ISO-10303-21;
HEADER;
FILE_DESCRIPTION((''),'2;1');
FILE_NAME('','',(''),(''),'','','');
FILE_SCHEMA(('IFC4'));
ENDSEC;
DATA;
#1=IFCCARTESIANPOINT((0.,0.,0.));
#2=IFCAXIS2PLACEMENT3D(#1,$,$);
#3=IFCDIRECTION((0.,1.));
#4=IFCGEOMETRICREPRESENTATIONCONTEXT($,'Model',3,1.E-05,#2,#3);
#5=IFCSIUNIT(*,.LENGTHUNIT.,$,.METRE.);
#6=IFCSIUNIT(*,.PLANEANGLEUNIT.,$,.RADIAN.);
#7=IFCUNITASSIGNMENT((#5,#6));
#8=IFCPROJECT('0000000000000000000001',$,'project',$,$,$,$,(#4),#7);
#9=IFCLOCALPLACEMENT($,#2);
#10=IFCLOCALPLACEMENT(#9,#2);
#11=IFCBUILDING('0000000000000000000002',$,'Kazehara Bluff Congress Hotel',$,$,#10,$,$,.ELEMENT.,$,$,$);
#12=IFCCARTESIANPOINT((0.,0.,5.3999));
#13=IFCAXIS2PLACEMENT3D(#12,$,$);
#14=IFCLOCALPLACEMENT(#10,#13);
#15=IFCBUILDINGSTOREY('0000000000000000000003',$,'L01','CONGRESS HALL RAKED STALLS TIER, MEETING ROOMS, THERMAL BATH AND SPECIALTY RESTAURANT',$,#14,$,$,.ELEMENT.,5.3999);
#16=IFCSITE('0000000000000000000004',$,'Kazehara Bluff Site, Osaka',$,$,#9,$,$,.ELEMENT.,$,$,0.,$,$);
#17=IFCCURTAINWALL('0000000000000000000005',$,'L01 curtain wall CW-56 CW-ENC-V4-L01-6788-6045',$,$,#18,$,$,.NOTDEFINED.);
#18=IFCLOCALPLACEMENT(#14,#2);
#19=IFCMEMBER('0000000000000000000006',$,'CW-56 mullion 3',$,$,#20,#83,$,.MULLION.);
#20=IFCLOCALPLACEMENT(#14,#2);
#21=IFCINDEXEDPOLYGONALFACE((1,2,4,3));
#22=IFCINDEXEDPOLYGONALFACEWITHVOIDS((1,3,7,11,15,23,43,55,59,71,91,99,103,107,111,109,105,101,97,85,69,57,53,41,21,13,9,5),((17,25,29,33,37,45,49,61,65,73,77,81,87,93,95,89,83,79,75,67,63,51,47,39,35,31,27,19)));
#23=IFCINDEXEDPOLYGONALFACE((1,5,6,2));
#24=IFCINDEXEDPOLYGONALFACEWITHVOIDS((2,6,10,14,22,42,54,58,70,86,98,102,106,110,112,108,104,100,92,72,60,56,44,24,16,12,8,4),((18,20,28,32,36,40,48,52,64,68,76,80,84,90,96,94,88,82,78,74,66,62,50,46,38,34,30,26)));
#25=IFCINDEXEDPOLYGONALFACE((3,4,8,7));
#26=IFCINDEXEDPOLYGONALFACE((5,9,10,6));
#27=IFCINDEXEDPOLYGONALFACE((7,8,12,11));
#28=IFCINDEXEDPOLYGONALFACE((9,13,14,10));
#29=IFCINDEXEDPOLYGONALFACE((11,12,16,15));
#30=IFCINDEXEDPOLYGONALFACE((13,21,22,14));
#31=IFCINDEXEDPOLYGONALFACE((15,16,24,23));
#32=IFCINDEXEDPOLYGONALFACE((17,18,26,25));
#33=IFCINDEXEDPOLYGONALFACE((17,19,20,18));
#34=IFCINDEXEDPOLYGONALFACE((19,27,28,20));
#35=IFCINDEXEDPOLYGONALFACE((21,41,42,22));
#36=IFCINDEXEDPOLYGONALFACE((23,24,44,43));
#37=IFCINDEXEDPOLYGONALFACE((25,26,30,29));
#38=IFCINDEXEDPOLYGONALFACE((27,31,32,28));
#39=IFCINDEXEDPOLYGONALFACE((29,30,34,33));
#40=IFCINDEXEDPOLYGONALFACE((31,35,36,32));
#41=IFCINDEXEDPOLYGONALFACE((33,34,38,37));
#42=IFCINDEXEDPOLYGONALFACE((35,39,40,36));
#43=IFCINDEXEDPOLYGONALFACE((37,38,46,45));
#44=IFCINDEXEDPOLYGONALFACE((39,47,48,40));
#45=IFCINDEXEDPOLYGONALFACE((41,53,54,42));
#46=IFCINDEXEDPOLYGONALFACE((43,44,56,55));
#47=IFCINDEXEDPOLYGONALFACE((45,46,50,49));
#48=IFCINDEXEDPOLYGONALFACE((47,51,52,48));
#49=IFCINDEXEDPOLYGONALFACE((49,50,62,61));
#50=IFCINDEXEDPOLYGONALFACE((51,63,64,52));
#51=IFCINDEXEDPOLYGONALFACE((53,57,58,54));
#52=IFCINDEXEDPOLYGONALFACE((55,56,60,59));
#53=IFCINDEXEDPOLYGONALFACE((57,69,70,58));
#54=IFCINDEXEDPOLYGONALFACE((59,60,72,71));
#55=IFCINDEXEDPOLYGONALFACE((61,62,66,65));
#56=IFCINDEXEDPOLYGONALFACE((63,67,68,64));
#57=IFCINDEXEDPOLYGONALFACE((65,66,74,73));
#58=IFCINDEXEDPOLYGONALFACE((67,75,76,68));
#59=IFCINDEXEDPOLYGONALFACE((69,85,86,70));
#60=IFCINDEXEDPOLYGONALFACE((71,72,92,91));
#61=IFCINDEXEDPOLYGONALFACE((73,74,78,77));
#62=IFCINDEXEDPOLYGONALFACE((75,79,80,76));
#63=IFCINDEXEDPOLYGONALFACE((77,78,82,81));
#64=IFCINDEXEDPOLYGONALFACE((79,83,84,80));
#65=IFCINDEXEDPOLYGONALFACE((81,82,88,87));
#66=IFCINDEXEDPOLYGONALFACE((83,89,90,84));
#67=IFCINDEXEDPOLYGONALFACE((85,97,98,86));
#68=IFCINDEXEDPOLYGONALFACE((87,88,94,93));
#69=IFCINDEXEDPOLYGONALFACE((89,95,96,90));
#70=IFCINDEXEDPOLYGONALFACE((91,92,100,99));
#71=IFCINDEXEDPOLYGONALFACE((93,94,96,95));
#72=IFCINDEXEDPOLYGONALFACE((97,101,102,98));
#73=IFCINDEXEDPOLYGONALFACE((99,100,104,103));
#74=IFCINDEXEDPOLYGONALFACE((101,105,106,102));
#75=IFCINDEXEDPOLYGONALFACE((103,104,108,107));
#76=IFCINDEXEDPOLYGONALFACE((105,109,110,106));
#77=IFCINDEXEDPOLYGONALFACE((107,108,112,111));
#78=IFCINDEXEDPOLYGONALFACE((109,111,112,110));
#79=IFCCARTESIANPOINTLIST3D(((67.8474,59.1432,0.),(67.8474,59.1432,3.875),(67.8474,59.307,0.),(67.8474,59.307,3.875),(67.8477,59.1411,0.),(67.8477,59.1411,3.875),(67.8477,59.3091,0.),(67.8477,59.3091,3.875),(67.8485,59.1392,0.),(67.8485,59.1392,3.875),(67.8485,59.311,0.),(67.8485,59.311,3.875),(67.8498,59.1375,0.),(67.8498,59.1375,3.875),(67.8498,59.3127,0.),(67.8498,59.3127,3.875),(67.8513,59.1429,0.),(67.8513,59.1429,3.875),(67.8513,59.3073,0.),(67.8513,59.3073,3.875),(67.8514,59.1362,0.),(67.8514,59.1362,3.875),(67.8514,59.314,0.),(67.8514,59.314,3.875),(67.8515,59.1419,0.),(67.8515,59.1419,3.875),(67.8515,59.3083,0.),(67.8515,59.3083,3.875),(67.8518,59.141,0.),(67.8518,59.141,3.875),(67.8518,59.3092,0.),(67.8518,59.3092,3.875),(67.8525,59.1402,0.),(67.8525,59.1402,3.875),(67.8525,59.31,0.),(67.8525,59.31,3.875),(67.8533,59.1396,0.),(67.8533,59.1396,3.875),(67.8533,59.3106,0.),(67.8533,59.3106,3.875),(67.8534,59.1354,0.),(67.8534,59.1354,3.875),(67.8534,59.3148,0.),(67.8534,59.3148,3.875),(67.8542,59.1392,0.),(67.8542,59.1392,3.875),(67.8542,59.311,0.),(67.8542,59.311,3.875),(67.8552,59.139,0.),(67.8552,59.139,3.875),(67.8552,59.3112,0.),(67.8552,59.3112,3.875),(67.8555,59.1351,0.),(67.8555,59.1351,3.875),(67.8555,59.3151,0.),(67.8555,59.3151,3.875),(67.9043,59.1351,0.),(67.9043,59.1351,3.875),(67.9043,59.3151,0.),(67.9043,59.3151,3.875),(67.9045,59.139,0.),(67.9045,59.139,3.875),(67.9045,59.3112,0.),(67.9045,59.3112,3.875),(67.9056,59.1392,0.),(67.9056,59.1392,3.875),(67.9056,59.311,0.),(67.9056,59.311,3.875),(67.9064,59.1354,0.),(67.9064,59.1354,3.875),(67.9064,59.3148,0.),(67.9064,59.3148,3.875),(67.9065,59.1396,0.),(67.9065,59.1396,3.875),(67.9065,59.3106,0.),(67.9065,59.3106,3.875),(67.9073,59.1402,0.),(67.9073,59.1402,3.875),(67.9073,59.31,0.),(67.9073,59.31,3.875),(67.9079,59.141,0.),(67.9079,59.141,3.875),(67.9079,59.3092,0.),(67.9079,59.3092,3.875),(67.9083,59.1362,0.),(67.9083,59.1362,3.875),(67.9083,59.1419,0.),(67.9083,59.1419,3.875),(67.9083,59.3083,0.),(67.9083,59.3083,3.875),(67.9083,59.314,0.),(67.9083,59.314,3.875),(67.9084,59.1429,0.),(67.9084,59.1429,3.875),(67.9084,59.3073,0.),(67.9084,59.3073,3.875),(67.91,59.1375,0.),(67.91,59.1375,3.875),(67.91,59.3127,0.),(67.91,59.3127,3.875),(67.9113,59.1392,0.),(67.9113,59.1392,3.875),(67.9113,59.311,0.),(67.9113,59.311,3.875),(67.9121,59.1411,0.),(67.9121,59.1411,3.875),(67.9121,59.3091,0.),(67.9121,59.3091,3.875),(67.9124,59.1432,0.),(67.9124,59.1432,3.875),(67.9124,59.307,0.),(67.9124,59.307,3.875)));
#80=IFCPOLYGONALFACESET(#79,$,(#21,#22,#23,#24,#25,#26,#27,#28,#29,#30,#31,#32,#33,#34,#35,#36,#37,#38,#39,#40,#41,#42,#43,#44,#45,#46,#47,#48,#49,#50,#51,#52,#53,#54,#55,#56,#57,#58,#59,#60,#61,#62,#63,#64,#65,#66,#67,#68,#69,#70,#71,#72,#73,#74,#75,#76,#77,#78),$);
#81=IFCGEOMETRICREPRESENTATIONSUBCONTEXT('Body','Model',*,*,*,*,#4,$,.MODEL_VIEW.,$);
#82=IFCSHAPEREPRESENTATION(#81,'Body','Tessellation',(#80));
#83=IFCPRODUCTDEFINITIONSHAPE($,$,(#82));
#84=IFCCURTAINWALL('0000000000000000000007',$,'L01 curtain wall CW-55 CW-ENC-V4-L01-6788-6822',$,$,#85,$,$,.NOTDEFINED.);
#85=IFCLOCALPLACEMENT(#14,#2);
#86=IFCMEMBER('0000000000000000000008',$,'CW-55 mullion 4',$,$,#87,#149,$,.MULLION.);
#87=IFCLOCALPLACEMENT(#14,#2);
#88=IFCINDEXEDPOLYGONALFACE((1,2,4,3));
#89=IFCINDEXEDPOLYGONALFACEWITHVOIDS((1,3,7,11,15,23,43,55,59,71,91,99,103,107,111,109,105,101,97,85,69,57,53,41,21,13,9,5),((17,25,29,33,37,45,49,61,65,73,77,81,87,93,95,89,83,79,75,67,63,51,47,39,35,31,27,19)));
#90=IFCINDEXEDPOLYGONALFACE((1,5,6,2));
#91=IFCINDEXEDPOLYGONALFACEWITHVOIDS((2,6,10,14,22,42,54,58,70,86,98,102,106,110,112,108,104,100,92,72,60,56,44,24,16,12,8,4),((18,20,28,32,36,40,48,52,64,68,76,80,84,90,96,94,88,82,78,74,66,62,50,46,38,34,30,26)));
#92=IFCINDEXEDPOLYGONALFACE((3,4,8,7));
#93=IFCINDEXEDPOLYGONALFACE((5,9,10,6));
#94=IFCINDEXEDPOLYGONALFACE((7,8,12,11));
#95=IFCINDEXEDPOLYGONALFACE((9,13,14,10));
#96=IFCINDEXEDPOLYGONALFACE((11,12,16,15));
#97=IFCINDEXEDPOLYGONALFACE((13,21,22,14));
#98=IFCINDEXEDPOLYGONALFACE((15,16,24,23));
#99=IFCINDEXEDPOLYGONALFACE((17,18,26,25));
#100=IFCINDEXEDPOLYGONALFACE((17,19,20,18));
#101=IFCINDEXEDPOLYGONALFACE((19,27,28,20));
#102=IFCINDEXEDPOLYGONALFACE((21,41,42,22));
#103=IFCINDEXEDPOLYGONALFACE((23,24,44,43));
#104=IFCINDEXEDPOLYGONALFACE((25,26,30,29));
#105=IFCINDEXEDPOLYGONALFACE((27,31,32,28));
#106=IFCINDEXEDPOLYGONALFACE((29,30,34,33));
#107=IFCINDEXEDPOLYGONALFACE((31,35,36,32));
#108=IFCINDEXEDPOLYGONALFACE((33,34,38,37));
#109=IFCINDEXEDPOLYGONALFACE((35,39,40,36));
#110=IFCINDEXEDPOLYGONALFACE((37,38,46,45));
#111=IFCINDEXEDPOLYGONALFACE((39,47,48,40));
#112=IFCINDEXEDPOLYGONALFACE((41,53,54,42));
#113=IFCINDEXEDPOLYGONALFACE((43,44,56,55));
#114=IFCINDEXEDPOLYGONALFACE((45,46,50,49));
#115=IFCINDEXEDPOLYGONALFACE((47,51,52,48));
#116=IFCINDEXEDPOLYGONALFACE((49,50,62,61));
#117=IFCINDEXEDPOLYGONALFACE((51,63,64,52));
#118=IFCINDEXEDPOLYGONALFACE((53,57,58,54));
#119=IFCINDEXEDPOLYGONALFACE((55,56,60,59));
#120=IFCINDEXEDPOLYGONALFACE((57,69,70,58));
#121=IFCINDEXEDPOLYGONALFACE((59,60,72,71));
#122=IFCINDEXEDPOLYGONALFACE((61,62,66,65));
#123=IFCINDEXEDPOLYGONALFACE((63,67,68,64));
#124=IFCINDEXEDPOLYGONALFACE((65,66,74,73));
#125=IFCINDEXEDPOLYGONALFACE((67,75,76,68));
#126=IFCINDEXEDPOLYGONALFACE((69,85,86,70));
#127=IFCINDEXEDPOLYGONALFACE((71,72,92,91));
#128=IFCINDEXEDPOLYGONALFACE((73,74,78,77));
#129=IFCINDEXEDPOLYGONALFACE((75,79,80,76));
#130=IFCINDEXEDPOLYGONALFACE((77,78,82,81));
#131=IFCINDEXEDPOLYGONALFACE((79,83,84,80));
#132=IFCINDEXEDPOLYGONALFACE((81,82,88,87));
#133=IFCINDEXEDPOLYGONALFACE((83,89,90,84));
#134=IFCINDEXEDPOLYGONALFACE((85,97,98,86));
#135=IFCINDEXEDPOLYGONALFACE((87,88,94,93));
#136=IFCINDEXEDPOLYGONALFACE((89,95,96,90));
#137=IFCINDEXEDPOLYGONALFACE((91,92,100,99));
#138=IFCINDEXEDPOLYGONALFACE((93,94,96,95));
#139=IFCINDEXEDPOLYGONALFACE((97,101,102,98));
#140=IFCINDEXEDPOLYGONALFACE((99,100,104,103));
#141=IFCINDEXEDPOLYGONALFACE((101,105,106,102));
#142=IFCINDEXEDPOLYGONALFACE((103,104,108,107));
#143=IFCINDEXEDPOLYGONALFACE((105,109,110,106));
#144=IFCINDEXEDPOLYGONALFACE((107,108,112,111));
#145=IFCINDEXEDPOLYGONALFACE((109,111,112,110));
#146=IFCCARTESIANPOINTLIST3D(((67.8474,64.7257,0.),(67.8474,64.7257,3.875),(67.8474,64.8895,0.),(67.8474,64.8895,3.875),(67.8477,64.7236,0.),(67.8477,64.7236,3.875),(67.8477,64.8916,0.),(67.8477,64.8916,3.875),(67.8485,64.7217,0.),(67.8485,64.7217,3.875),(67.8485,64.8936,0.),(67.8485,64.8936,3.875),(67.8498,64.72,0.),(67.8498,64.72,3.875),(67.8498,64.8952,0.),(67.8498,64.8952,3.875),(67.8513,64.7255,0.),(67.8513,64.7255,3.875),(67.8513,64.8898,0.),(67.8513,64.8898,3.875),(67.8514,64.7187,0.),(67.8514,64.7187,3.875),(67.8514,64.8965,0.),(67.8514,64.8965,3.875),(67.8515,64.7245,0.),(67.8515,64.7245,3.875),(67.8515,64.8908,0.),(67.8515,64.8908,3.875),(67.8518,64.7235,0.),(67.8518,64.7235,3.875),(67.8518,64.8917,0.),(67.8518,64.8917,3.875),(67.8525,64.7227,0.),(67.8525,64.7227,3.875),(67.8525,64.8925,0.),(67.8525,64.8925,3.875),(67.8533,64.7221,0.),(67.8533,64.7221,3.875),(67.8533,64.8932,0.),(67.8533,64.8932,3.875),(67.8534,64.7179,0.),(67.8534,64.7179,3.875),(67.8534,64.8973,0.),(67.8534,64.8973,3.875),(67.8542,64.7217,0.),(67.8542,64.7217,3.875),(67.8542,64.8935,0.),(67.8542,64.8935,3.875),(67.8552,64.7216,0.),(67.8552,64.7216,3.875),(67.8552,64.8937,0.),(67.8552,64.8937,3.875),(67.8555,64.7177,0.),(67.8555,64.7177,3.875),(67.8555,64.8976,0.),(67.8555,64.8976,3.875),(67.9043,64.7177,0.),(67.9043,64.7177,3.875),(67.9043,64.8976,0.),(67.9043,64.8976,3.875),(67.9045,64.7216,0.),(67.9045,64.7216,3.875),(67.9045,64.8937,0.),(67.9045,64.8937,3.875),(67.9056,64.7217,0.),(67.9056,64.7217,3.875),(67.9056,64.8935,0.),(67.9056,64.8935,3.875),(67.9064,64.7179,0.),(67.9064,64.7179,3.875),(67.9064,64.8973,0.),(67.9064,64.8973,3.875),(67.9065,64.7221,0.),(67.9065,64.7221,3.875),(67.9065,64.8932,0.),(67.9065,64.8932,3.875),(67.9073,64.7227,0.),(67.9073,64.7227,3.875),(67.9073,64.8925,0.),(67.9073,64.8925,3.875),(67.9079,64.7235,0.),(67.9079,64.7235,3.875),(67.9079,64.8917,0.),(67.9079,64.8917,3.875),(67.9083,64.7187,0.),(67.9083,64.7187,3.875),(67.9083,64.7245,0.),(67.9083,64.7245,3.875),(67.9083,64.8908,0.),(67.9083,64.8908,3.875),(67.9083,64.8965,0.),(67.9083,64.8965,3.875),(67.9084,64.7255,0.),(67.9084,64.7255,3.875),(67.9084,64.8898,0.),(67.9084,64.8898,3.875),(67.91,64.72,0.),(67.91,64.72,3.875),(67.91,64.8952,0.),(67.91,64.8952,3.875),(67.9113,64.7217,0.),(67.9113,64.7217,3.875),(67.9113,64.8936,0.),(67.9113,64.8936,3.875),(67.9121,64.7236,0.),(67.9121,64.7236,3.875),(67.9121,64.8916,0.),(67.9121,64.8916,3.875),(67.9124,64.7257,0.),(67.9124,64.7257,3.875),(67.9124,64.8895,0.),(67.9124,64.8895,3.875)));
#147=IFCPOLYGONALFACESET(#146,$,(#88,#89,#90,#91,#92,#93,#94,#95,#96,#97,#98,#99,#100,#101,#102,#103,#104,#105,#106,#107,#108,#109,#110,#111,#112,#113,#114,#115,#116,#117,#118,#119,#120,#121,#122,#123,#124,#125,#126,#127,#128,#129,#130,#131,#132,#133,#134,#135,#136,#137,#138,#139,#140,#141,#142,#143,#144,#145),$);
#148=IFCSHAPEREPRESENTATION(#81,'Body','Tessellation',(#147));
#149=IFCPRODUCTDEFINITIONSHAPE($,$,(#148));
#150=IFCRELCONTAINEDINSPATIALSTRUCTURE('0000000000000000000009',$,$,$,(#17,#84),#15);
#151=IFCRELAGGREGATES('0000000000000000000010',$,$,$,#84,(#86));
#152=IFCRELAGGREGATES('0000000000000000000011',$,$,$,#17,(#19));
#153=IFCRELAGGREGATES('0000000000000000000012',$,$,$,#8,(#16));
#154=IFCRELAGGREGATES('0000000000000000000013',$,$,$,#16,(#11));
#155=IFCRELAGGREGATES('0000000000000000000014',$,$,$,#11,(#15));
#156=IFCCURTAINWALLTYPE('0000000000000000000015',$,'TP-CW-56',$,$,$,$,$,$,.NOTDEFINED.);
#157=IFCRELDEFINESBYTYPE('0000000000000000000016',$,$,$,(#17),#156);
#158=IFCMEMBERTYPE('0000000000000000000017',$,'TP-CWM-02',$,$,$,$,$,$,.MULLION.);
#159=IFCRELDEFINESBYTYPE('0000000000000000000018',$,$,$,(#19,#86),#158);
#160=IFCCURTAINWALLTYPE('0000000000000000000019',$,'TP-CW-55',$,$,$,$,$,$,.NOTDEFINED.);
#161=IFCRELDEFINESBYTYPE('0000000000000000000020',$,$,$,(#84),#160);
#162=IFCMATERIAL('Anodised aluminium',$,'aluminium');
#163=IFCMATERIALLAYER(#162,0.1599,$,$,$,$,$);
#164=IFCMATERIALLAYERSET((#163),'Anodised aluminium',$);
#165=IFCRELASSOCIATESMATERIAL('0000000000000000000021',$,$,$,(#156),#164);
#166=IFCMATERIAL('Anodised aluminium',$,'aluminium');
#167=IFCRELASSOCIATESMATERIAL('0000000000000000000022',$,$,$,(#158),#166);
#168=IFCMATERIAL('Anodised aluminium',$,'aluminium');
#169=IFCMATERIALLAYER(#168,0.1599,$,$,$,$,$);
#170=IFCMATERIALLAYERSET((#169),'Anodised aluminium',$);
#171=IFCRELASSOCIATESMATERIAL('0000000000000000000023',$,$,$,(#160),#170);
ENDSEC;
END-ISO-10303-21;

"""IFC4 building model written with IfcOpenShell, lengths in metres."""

from ifc_helpers import new_model, si_unit, direction, frame, origin, origin_2d, place, context, subcontext, project, spatial, hollow_rectangle, extrude, material, layer, layer_set, material_profile, profile_set, type_object, element, aggregate, save


model = new_model("IFC4")

# Units and contexts
model_context = context("Model", 3, precision=1e-05, world=origin(), true_north=direction((0.0, 1.0)))
body_context = subcontext(model_context, "Body", "Model", "MODEL_VIEW")
ifc_project = project(units=[si_unit("LENGTHUNIT", "METRE"), si_unit("PLANEANGLEUNIT", "RADIAN")], contexts=[model_context])

# Site, building, storey
site_placement = place(None, origin())
site = spatial("IfcSite", under=ifc_project, at=site_placement, Name="Kazehara Bluff Site, Osaka", CompositionType="ELEMENT", RefElevation=0.0)
building_placement = place(site_placement, origin())
building = spatial("IfcBuilding", under=site, at=building_placement, Name="Kazehara Bluff Congress Hotel", CompositionType="ELEMENT")
storey_placement = place(building_placement, frame((0.0, 0.0, 5.3999)))
storey = spatial("IfcBuildingStorey", under=building, at=storey_placement, Name="L01", Description="CONGRESS HALL RAKED STALLS TIER, MEETING ROOMS, THERMAL BATH AND SPECIALTY RESTAURANT", CompositionType="ELEMENT", Elevation=5.3999)

# Curtain wall, member
ifc_material_1 = material(Name="Anodised aluminium", Category="aluminium")
ifc_layer_1 = layer(ifc_material_1, 0.1599)
ifc_layer_set_1 = layer_set([ifc_layer_1], Name="Anodised aluminium")
curtain_wall_type_1 = type_object("IfcCurtainWallType", Name="TP-CW-56", PredefinedType="NOTDEFINED", material=ifc_layer_set_1)
curtain_wall_1_placement = place(storey_placement, origin())
curtain_wall_1 = element("IfcCurtainWall", 1, at=curtain_wall_1_placement, inside=storey, type_object=curtain_wall_type_1, Name="L01 curtain wall CW-56 CW-ENC-V4-L01-6788-6045", PredefinedType="NOTDEFINED")
ifc_material_2 = material(Name="Anodised aluminium", Category="aluminium")
ifc_material_profile_1 = material_profile(ifc_material_2, hollow_rectangle(XDim=0.0649, YDim=0.1799, WallThickness=0.0039, InnerFilletRadius=0.0039, OuterFilletRadius=0.0081, at=origin_2d()))
ifc_profile_set_1 = profile_set([ifc_material_profile_1], Name="Anodised aluminium")
member_type_1 = type_object("IfcMemberType", Name="TP-CWM-02", PredefinedType="MULLION", material=ifc_profile_set_1)
member_1_placement = place(storey_placement, frame((67.8799, 59.2251, 0.0), z_axis=(0.0, 0.0, 1.0), x_axis=(1.0, 0.0, 0.0)))
member_1 = element("IfcMember", 2, at=member_1_placement, type_object=member_type_1, Name="CW-56 mullion 3", PredefinedType="MULLION", context=body_context, shape_type="SweptSolid", body=[
    extrude(hollow_rectangle(XDim=0.0649, YDim=0.1799, WallThickness=0.0039, InnerFilletRadius=0.0039, OuterFilletRadius=0.0081, at=origin_2d()), origin(), (0.0, 0.0, 1.0), 3.875),
])

# Curtain wall, member
ifc_material_3 = material(Name="Anodised aluminium", Category="aluminium")
ifc_layer_2 = layer(ifc_material_3, 0.1599)
ifc_layer_set_2 = layer_set([ifc_layer_2], Name="Anodised aluminium")
curtain_wall_type_2 = type_object("IfcCurtainWallType", Name="TP-CW-55", PredefinedType="NOTDEFINED", material=ifc_layer_set_2)
curtain_wall_2_placement = place(storey_placement, origin())
curtain_wall_2 = element("IfcCurtainWall", 3, at=curtain_wall_2_placement, inside=storey, type_object=curtain_wall_type_2, Name="L01 curtain wall CW-55 CW-ENC-V4-L01-6788-6822", PredefinedType="NOTDEFINED")
member_2_placement = place(storey_placement, frame((67.8799, 64.8076, 0.0), z_axis=(0.0, 0.0, 1.0), x_axis=(1.0, 0.0, 0.0)))
member_2 = element("IfcMember", 4, at=member_2_placement, type_object=member_type_1, Name="CW-55 mullion 4", PredefinedType="MULLION", context=body_context, shape_type="SweptSolid", body=[
    extrude(hollow_rectangle(XDim=0.0649, YDim=0.1799, WallThickness=0.0039, InnerFilletRadius=0.0039, OuterFilletRadius=0.0081, at=origin_2d()), origin(), (0.0, 0.0, 1.0), 3.875),
])
aggregate(curtain_wall_2, [member_2])

aggregate(curtain_wall_1, [member_1])

save(model, "model.ifc")
